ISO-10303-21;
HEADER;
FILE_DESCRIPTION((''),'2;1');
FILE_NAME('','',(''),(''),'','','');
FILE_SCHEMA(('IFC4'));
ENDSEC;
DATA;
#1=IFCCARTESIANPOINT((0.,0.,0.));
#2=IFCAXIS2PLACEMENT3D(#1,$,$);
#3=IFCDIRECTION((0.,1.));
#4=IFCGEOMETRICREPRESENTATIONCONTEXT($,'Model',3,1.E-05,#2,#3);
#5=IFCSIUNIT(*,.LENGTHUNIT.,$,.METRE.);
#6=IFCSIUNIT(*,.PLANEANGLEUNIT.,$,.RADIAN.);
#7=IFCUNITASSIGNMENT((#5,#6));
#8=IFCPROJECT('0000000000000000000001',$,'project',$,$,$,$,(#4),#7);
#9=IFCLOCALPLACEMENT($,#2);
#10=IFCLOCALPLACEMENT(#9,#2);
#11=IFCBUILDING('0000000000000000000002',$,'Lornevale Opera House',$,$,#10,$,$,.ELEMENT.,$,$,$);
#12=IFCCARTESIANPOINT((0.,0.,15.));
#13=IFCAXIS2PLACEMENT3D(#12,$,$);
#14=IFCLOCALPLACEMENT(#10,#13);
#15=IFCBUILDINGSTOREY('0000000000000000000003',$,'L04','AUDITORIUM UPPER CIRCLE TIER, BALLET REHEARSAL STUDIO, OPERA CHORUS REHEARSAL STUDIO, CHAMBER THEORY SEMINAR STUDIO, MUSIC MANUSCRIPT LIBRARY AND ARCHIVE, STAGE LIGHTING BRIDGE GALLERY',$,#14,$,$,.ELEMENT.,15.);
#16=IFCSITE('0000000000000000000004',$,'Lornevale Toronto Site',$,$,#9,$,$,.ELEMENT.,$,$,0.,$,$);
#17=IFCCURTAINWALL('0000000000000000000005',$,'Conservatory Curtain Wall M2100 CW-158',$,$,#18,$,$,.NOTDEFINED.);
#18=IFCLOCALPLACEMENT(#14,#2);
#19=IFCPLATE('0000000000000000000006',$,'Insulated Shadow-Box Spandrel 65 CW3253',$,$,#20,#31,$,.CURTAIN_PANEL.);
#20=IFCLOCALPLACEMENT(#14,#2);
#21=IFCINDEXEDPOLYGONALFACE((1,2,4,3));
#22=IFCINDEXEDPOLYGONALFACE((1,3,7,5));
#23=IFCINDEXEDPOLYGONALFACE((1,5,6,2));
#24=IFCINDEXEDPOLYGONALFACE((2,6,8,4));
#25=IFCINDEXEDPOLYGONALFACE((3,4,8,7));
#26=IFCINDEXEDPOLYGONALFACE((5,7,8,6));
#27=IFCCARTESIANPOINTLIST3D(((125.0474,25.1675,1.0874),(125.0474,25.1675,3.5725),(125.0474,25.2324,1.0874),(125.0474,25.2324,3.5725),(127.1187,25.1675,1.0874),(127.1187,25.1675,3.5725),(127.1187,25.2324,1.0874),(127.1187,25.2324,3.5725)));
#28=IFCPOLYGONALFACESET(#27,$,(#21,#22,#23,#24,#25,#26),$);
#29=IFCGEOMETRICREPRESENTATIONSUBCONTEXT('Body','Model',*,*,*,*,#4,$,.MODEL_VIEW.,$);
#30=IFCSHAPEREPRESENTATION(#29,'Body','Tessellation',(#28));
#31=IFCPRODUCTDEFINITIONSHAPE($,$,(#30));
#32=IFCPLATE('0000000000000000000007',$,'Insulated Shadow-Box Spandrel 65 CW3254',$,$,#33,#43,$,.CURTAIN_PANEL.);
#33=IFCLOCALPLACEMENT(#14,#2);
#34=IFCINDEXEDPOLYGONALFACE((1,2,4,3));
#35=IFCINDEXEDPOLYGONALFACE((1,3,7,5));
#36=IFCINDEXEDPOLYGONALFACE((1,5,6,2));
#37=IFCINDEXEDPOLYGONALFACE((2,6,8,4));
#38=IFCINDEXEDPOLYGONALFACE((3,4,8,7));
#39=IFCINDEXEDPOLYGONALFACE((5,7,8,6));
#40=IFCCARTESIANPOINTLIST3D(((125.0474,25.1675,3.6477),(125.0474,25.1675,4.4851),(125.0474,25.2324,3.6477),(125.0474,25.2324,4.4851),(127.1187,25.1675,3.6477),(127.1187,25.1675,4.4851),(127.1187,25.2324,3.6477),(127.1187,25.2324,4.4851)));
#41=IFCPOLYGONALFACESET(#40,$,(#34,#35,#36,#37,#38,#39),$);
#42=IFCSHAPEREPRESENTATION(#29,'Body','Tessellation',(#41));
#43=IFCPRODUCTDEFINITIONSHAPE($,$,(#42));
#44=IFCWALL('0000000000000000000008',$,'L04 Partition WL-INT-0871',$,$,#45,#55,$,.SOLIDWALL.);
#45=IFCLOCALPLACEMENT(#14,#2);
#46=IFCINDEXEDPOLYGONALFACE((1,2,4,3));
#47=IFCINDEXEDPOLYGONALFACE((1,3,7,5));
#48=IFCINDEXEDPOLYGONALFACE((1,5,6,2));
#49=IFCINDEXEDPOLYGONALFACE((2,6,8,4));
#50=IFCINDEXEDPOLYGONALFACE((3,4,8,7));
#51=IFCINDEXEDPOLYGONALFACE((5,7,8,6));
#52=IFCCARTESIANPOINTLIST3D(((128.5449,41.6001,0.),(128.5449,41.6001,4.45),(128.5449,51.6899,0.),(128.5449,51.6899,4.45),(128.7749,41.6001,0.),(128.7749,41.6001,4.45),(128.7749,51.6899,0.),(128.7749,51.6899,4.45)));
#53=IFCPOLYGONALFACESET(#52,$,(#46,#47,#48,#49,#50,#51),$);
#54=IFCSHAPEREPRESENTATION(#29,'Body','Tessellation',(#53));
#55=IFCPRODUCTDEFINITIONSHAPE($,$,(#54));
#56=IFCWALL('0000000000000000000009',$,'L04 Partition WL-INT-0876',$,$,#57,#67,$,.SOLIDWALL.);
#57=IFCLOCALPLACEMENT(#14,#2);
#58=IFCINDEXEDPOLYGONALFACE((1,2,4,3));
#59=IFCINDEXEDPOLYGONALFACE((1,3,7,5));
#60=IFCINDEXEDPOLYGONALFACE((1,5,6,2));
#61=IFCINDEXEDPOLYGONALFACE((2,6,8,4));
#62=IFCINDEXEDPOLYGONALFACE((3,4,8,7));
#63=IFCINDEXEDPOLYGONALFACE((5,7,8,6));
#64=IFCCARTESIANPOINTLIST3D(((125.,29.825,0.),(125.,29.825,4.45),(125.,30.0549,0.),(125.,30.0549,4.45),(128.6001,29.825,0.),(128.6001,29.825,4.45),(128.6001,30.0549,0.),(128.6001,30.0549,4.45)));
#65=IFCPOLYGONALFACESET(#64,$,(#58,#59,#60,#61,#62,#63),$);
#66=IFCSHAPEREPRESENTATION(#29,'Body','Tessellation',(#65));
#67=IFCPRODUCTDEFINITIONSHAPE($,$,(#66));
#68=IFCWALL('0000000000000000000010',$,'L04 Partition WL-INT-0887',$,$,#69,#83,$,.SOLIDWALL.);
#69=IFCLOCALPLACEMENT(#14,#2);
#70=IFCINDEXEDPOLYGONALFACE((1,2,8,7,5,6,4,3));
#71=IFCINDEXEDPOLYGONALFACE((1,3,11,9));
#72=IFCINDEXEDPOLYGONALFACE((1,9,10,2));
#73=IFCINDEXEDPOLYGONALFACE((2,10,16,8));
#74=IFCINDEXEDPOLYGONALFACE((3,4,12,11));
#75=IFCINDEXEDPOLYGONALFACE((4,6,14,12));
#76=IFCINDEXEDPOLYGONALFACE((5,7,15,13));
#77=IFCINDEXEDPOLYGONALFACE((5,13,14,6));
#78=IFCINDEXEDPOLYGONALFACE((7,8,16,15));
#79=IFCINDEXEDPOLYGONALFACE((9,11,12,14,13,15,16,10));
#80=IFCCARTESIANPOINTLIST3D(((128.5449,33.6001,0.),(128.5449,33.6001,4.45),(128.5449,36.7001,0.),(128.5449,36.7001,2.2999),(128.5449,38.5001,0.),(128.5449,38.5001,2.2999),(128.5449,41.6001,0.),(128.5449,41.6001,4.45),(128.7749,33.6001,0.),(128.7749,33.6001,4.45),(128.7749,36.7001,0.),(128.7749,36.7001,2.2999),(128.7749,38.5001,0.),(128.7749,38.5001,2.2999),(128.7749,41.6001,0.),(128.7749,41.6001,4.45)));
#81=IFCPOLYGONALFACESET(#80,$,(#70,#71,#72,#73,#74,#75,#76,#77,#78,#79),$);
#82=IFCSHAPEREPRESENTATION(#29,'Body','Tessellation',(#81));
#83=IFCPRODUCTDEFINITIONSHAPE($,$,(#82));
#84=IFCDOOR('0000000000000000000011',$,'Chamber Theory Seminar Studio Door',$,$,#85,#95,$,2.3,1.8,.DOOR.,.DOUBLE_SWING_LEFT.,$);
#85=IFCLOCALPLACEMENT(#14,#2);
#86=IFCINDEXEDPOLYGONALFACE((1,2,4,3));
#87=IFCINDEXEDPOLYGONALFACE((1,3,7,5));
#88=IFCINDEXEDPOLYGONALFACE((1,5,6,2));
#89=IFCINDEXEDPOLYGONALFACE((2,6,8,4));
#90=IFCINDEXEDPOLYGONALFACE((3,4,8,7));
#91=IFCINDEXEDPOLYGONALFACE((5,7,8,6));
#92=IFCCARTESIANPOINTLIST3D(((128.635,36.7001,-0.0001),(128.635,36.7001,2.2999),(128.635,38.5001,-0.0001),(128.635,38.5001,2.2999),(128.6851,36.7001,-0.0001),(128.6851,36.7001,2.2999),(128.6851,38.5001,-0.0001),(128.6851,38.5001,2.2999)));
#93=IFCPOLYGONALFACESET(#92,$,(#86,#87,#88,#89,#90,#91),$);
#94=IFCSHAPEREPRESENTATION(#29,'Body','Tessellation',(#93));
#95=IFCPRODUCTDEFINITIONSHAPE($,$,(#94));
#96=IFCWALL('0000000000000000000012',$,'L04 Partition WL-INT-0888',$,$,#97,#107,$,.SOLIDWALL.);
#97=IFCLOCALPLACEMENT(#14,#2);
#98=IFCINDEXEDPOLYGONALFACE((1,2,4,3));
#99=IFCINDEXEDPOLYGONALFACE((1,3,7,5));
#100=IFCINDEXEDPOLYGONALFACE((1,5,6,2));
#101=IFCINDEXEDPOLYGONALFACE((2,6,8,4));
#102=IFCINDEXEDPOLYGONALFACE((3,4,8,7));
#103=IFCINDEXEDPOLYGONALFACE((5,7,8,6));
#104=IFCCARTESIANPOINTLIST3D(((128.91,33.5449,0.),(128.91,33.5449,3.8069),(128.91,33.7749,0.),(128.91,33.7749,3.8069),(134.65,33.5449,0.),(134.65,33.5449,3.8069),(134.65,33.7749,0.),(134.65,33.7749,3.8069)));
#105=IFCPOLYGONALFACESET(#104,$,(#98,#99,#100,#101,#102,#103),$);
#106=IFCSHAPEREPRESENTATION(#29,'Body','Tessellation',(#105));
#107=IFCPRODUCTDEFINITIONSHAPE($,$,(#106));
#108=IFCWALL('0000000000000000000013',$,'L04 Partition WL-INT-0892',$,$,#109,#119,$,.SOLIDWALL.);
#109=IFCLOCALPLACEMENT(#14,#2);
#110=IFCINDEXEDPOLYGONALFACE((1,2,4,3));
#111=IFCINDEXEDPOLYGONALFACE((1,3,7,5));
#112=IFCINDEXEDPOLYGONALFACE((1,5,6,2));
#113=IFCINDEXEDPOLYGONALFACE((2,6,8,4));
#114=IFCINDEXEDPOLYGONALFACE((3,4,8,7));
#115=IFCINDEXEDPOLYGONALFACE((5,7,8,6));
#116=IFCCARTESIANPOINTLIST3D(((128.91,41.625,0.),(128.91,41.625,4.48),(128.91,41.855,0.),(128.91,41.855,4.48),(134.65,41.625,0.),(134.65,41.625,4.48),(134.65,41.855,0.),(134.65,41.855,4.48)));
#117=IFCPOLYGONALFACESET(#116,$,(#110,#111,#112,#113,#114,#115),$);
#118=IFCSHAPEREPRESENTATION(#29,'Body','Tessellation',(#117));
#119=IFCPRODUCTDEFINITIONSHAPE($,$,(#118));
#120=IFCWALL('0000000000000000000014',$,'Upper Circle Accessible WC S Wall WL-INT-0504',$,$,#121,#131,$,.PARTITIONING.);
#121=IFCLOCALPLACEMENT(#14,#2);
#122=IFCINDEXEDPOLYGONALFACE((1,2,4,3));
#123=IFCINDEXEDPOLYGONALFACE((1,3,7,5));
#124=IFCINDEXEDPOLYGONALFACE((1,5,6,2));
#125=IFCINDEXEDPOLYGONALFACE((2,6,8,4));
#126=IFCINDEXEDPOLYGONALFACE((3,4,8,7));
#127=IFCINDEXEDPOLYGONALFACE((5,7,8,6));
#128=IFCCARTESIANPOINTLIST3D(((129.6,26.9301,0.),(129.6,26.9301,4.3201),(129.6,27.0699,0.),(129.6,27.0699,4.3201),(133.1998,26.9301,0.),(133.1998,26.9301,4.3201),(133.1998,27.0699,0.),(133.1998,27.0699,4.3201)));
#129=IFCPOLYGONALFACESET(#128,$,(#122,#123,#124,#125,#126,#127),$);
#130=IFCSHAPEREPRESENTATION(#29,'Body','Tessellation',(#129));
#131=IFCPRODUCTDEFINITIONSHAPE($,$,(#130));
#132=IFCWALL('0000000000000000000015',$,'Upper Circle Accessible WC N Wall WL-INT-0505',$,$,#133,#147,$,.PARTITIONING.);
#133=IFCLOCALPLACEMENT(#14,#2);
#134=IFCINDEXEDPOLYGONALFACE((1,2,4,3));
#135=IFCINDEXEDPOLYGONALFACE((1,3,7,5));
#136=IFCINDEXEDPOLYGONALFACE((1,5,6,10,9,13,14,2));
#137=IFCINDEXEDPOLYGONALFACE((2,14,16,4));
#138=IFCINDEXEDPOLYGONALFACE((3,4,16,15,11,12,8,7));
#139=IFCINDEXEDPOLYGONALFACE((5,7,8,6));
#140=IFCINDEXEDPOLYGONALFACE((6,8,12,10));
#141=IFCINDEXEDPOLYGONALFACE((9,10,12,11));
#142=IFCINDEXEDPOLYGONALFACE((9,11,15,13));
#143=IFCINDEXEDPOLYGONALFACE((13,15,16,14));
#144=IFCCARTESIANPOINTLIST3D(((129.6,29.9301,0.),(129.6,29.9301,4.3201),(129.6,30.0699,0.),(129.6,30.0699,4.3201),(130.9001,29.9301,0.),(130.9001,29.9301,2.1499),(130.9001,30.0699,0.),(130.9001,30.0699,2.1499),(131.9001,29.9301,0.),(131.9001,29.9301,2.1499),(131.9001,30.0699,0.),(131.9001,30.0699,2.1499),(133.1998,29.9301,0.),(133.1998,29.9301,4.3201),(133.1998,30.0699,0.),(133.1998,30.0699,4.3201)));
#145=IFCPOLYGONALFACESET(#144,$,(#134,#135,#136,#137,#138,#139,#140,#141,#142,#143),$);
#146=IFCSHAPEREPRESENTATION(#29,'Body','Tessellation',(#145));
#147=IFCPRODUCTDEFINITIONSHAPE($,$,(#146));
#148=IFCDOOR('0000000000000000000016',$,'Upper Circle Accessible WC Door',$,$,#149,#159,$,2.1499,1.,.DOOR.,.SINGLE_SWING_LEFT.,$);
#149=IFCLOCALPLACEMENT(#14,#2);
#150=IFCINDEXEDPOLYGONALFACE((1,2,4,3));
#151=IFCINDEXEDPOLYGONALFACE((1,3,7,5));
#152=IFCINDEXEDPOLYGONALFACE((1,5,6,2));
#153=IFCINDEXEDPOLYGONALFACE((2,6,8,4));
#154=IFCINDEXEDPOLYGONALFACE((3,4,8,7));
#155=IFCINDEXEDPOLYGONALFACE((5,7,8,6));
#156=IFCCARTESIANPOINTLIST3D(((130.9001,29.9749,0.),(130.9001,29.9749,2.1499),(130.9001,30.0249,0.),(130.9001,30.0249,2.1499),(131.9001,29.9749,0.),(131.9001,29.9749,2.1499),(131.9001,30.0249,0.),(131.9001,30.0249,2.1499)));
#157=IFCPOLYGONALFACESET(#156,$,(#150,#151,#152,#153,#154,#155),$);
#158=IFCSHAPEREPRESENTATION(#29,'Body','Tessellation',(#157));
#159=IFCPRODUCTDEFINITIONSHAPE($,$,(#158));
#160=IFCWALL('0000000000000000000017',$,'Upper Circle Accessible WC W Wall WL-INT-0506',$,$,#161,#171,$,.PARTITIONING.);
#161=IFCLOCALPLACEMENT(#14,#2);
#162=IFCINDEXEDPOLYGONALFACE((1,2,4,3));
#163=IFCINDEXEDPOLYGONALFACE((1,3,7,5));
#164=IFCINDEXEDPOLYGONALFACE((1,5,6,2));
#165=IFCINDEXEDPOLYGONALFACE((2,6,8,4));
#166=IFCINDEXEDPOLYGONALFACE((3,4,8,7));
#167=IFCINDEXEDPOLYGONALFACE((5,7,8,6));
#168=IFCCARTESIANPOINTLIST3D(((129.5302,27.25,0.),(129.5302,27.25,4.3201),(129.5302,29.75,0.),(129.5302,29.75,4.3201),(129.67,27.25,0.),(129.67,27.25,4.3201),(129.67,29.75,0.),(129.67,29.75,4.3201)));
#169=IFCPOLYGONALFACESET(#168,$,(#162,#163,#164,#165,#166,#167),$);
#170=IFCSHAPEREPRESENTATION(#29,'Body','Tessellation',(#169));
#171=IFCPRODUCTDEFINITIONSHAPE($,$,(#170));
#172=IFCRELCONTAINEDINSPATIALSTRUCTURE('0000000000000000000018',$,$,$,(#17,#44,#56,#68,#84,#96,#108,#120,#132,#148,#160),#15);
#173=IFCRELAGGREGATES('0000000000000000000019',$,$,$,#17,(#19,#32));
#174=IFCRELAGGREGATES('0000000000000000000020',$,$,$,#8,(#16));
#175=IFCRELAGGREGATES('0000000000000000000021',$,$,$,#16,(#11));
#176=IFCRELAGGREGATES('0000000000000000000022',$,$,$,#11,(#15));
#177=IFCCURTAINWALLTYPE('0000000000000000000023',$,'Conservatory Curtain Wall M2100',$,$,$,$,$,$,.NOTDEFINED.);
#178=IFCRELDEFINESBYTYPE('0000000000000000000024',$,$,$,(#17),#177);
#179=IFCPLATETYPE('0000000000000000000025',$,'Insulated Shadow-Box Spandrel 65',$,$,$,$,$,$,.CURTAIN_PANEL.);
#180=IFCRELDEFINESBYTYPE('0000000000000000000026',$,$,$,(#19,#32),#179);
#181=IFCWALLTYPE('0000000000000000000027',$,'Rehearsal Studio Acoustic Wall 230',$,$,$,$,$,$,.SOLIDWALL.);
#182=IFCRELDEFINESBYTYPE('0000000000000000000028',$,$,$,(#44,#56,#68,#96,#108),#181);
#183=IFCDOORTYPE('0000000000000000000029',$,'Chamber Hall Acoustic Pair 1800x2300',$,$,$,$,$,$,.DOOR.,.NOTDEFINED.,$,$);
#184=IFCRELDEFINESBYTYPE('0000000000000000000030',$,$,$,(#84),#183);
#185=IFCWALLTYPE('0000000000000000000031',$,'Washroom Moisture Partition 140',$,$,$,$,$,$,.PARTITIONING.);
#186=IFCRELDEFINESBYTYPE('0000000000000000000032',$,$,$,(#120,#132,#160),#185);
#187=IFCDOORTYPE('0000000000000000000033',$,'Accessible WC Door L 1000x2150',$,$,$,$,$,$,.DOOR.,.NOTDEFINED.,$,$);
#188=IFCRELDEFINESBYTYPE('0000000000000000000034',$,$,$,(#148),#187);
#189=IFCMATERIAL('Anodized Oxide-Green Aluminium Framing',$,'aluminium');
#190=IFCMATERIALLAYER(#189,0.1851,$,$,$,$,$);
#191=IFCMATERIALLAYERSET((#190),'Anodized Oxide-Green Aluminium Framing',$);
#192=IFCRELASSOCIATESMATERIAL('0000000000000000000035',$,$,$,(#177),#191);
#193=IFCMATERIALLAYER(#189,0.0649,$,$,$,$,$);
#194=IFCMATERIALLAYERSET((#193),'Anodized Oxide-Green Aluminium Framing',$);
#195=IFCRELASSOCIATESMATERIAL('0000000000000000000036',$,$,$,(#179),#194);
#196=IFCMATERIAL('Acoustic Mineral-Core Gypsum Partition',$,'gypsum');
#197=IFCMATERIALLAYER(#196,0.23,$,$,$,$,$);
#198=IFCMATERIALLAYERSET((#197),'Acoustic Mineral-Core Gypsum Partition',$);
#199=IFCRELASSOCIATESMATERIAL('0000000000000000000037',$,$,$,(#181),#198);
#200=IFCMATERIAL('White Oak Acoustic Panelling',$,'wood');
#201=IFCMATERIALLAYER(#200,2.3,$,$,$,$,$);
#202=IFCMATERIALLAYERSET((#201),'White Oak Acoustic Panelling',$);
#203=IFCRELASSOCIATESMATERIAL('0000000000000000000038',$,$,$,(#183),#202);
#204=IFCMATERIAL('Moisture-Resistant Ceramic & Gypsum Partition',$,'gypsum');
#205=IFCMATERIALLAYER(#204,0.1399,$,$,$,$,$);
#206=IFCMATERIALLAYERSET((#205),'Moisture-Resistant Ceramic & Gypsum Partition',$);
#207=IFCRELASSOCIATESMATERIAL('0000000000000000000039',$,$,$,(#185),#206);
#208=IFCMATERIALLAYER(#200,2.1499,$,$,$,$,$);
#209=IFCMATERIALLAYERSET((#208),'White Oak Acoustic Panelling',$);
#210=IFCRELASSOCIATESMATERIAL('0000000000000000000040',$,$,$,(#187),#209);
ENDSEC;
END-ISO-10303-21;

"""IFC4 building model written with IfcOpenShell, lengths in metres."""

from ifc_helpers import new_model, si_unit, direction, frame, frame_2d, origin, origin_2d, place, context, subcontext, project, spatial, rectangle, extrude, material, layer, layer_set, type_object, element, fill, aggregate, save


model = new_model("IFC4")

# Units and contexts
model_context = context("Model", 3, precision=1e-05, world=origin(), true_north=direction((0.0, 1.0)))
body_context = subcontext(model_context, "Body", "Model", "MODEL_VIEW")
ifc_project = project(units=[si_unit("LENGTHUNIT", "METRE"), si_unit("PLANEANGLEUNIT", "RADIAN")], contexts=[model_context])

# Site, building, storey
site_placement = place(None, origin())
site = spatial("IfcSite", under=ifc_project, at=site_placement, Name="Lornevale Toronto Site", CompositionType="ELEMENT", RefElevation=0.0)
building_placement = place(site_placement, origin())
building = spatial("IfcBuilding", under=site, at=building_placement, Name="Lornevale Opera House", CompositionType="ELEMENT")
storey_placement = place(building_placement, frame((0.0, 0.0, 15.0)))
storey = spatial("IfcBuildingStorey", under=building, at=storey_placement, Name="L04", Description="AUDITORIUM UPPER CIRCLE TIER, BALLET REHEARSAL STUDIO, OPERA CHORUS REHEARSAL STUDIO, CHAMBER THEORY SEMINAR STUDIO, MUSIC MANUSCRIPT LIBRARY AND ARCHIVE, STAGE LIGHTING BRIDGE GALLERY", CompositionType="ELEMENT", Elevation=15.0)

# Shared definitions
ifc_material_1 = material(Name="Anodized Oxide-Green Aluminium Framing", Category="aluminium")
ifc_layer_1 = layer(ifc_material_1, 0.1851)
ifc_layer_set_1 = layer_set([ifc_layer_1], Name="Anodized Oxide-Green Aluminium Framing")
curtain_wall_type = type_object("IfcCurtainWallType", Name="Conservatory Curtain Wall M2100", PredefinedType="NOTDEFINED", material=ifc_layer_set_1)

# Curtain wall
curtain_wall_1_placement = place(storey_placement, origin())
curtain_wall_1 = element("IfcCurtainWall", 1, at=curtain_wall_1_placement, inside=storey, type_object=curtain_wall_type, Name="Conservatory Curtain Wall M2100 CW-158", PredefinedType="NOTDEFINED")

# Plates
ifc_layer_2 = layer(ifc_material_1, 0.0649)
ifc_layer_set_2 = layer_set([ifc_layer_2], Name="Anodized Oxide-Green Aluminium Framing")
plate_type = type_object("IfcPlateType", Name="Insulated Shadow-Box Spandrel 65", PredefinedType="CURTAIN_PANEL", material=ifc_layer_set_2)
plate_1_placement = place(storey_placement, frame((126.083, 25.2, 1.0874), z_axis=(0.0, 0.0, 1.0), x_axis=(-1.0, 0.0, 0.0)))
plate_1 = element("IfcPlate", 2, at=plate_1_placement, type_object=plate_type, Name="Insulated Shadow-Box Spandrel 65 CW3253", PredefinedType="CURTAIN_PANEL", context=body_context, shape_type="SweptSolid", body=[
    extrude(rectangle(XDim=2.0713, YDim=0.0649, at=origin_2d()), origin(), (0.0, 0.0, 1.0), 2.4851),
])
plate_2_placement = place(storey_placement, frame((126.083, 25.2, 3.6477), z_axis=(0.0, 0.0, 1.0), x_axis=(-1.0, 0.0, 0.0)))
plate_2 = element("IfcPlate", 3, at=plate_2_placement, type_object=plate_type, Name="Insulated Shadow-Box Spandrel 65 CW3254", PredefinedType="CURTAIN_PANEL", context=body_context, shape_type="SweptSolid", body=[
    extrude(rectangle(XDim=2.0713, YDim=0.0649, at=origin_2d()), origin(), (0.0, 0.0, 1.0), 0.8374),
])
aggregate(curtain_wall_1, [plate_1, plate_2])

# Walls
ifc_material_2 = material(Name="Acoustic Mineral-Core Gypsum Partition", Category="gypsum")
ifc_layer_3 = layer(ifc_material_2, 0.23)
ifc_layer_set_3 = layer_set([ifc_layer_3], Name="Acoustic Mineral-Core Gypsum Partition")
wall_type_1 = type_object("IfcWallType", Name="Rehearsal Studio Acoustic Wall 230", PredefinedType="SOLIDWALL", material=ifc_layer_set_3)
wall_1_placement = place(storey_placement, frame((128.6599, 41.6001, 0.0), z_axis=(0.0, 0.0, 1.0), x_axis=(0.0, 1.0, 0.0)))
element("IfcWall", 4, at=wall_1_placement, inside=storey, type_object=wall_type_1, Name="L04 Partition WL-INT-0871", PredefinedType="SOLIDWALL", context=body_context, shape_type="SweptSolid", body=[
    extrude(rectangle(XDim=10.0898, YDim=0.23, at=frame_2d((5.0449, 0.0))), origin(), (0.0, 0.0, 1.0), 4.45),
])
wall_2_placement = place(storey_placement, frame((125.0, 29.9399, 0.0), z_axis=(0.0, 0.0, 1.0), x_axis=(1.0, 0.0, 0.0)))
element("IfcWall", 5, at=wall_2_placement, inside=storey, type_object=wall_type_1, Name="L04 Partition WL-INT-0876", PredefinedType="SOLIDWALL", context=body_context, shape_type="SweptSolid", body=[
    extrude(rectangle(XDim=3.6001, YDim=0.23, at=frame_2d((1.8, 0.0))), origin(), (0.0, 0.0, 1.0), 4.45),
])

# Wall, opening, door
wall_3_placement = place(storey_placement, frame((128.6599, 33.6001, 0.0), z_axis=(0.0, 0.0, 1.0), x_axis=(0.0, 1.0, 0.0)))
wall_3 = element("IfcWall", 6, at=wall_3_placement, inside=storey, type_object=wall_type_1, Name="L04 Partition WL-INT-0887", PredefinedType="SOLIDWALL", context=body_context, shape_type="SweptSolid", body=[
    extrude(rectangle(XDim=8.0, YDim=0.23, at=frame_2d((4.0, 0.0))), origin(), (0.0, 0.0, 1.0), 4.45),
])
opening_1_placement = place(wall_3_placement, frame((3.1001, 0.0, 0.0)))
opening_1 = element("IfcOpeningElement", 7, at=opening_1_placement, cuts=wall_3, PredefinedType="OPENING", context=body_context, shape_type="SweptSolid", body=[
    extrude(rectangle(XDim=1.8, YDim=2.3, at=frame_2d((0.8999, 1.1499))), frame((0.0, 0.125, 0.0), z_axis=(0.0, -1.0, 0.0), x_axis=(1.0, 0.0, 0.0)), (0.0, 0.0, 1.0), 0.25),
])
ifc_material_3 = material(Name="White Oak Acoustic Panelling", Category="wood")
ifc_layer_4 = layer(ifc_material_3, 2.3)
ifc_layer_set_4 = layer_set([ifc_layer_4], Name="White Oak Acoustic Panelling")
door_type_1 = type_object("IfcDoorType", Name="Chamber Hall Acoustic Pair 1800x2300", OperationType="NOTDEFINED", PredefinedType="DOOR", material=ifc_layer_set_4)
door_1_placement = place(opening_1_placement, origin())
door_1 = element("IfcDoor", 8, at=door_1_placement, inside=storey, type_object=door_type_1, Name="Chamber Theory Seminar Studio Door", OperationType="DOUBLE_SWING_LEFT", OverallHeight=2.3, OverallWidth=1.8, PredefinedType="DOOR", context=body_context, shape_type="SweptSolid", body=[
    extrude(rectangle(XDim=1.8, YDim=2.3, at=frame_2d((0.8999, 1.1499))), frame((0.0, 0.0249, 0.0), z_axis=(0.0, -1.0, 0.0), x_axis=(1.0, 0.0, 0.0)), (0.0, 0.0, 1.0), 0.05),
])
fill(opening_1, door_1)

# Walls
wall_4_placement = place(storey_placement, frame((128.9099, 33.6599, 0.0), z_axis=(0.0, 0.0, 1.0), x_axis=(1.0, 0.0, 0.0)))
element("IfcWall", 9, at=wall_4_placement, inside=storey, type_object=wall_type_1, Name="L04 Partition WL-INT-0888", PredefinedType="SOLIDWALL", context=body_context, shape_type="SweptSolid", body=[
    extrude(rectangle(XDim=5.74, YDim=0.23, at=frame_2d((2.8701, 0.0))), origin(), (0.0, 0.0, 1.0), 3.8069),
])
wall_5_placement = place(storey_placement, frame((128.9099, 41.74, 0.0), z_axis=(0.0, 0.0, 1.0), x_axis=(1.0, 0.0, 0.0)))
element("IfcWall", 10, at=wall_5_placement, inside=storey, type_object=wall_type_1, Name="L04 Partition WL-INT-0892", PredefinedType="SOLIDWALL", context=body_context, shape_type="SweptSolid", body=[
    extrude(rectangle(XDim=5.74, YDim=0.23, at=frame_2d((2.8701, 0.0))), origin(), (0.0, 0.0, 1.0), 4.48),
])
ifc_material_4 = material(Name="Moisture-Resistant Ceramic & Gypsum Partition", Category="gypsum")
ifc_layer_5 = layer(ifc_material_4, 0.1399)
ifc_layer_set_5 = layer_set([ifc_layer_5], Name="Moisture-Resistant Ceramic & Gypsum Partition")
wall_type_2 = type_object("IfcWallType", Name="Washroom Moisture Partition 140", PredefinedType="PARTITIONING", material=ifc_layer_set_5)
wall_6_placement = place(storey_placement, frame((129.6001, 27.0, 0.0), z_axis=(0.0, 0.0, 1.0), x_axis=(1.0, 0.0, 0.0)))
element("IfcWall", 11, at=wall_6_placement, inside=storey, type_object=wall_type_2, Name="Upper Circle Accessible WC S Wall WL-INT-0504", PredefinedType="PARTITIONING", context=body_context, shape_type="SweptSolid", body=[
    extrude(rectangle(XDim=3.5999, YDim=0.1399, at=frame_2d((1.7998, 0.0))), origin(), (0.0, 0.0, 1.0), 4.3201),
])

# Wall, opening, door
wall_7_placement = place(storey_placement, frame((129.6001, 30.0, 0.0), z_axis=(0.0, 0.0, 1.0), x_axis=(1.0, 0.0, 0.0)))
wall_7 = element("IfcWall", 12, at=wall_7_placement, inside=storey, type_object=wall_type_2, Name="Upper Circle Accessible WC N Wall WL-INT-0505", PredefinedType="PARTITIONING", context=body_context, shape_type="SweptSolid", body=[
    extrude(rectangle(XDim=3.5999, YDim=0.1399, at=frame_2d((1.7998, 0.0))), origin(), (0.0, 0.0, 1.0), 4.3201),
])
opening_2_placement = place(wall_7_placement, frame((1.3, 0.0, 0.0)))
opening_2 = element("IfcOpeningElement", 13, at=opening_2_placement, cuts=wall_7, PredefinedType="OPENING", context=body_context, shape_type="SweptSolid", body=[
    extrude(rectangle(XDim=1.0, YDim=2.1499, at=frame_2d((0.5, 1.075))), frame((0.0, 0.0798, 0.0), z_axis=(0.0, -1.0, 0.0), x_axis=(1.0, 0.0, 0.0)), (0.0, 0.0, 1.0), 0.1599),
])
ifc_layer_6 = layer(ifc_material_3, 2.1499)
ifc_layer_set_6 = layer_set([ifc_layer_6], Name="White Oak Acoustic Panelling")
door_type_2 = type_object("IfcDoorType", Name="Accessible WC Door L 1000x2150", OperationType="NOTDEFINED", PredefinedType="DOOR", material=ifc_layer_set_6)
door_2_placement = place(opening_2_placement, origin())
door_2 = element("IfcDoor", 14, at=door_2_placement, inside=storey, type_object=door_type_2, Name="Upper Circle Accessible WC Door", OperationType="SINGLE_SWING_LEFT", OverallHeight=2.1499, OverallWidth=1.0, PredefinedType="DOOR", context=body_context, shape_type="SweptSolid", body=[
    extrude(rectangle(XDim=1.0, YDim=2.1499, at=frame_2d((0.5, 1.075))), frame((0.0, 0.0249, 0.0), z_axis=(0.0, -1.0, 0.0), x_axis=(1.0, 0.0, 0.0)), (0.0, 0.0, 1.0), 0.05),
])
fill(opening_2, door_2)

# Wall
wall_8_placement = place(storey_placement, frame((129.6001, 27.25, 0.0), z_axis=(0.0, 0.0, 1.0), x_axis=(0.0, 1.0, 0.0)))
element("IfcWall", 15, at=wall_8_placement, inside=storey, type_object=wall_type_2, Name="Upper Circle Accessible WC W Wall WL-INT-0506", PredefinedType="PARTITIONING", context=body_context, shape_type="SweptSolid", body=[
    extrude(rectangle(XDim=2.5, YDim=0.1399, at=frame_2d((1.25, 0.0))), origin(), (0.0, 0.0, 1.0), 4.3201),
])

save(model, "model.ifc")
